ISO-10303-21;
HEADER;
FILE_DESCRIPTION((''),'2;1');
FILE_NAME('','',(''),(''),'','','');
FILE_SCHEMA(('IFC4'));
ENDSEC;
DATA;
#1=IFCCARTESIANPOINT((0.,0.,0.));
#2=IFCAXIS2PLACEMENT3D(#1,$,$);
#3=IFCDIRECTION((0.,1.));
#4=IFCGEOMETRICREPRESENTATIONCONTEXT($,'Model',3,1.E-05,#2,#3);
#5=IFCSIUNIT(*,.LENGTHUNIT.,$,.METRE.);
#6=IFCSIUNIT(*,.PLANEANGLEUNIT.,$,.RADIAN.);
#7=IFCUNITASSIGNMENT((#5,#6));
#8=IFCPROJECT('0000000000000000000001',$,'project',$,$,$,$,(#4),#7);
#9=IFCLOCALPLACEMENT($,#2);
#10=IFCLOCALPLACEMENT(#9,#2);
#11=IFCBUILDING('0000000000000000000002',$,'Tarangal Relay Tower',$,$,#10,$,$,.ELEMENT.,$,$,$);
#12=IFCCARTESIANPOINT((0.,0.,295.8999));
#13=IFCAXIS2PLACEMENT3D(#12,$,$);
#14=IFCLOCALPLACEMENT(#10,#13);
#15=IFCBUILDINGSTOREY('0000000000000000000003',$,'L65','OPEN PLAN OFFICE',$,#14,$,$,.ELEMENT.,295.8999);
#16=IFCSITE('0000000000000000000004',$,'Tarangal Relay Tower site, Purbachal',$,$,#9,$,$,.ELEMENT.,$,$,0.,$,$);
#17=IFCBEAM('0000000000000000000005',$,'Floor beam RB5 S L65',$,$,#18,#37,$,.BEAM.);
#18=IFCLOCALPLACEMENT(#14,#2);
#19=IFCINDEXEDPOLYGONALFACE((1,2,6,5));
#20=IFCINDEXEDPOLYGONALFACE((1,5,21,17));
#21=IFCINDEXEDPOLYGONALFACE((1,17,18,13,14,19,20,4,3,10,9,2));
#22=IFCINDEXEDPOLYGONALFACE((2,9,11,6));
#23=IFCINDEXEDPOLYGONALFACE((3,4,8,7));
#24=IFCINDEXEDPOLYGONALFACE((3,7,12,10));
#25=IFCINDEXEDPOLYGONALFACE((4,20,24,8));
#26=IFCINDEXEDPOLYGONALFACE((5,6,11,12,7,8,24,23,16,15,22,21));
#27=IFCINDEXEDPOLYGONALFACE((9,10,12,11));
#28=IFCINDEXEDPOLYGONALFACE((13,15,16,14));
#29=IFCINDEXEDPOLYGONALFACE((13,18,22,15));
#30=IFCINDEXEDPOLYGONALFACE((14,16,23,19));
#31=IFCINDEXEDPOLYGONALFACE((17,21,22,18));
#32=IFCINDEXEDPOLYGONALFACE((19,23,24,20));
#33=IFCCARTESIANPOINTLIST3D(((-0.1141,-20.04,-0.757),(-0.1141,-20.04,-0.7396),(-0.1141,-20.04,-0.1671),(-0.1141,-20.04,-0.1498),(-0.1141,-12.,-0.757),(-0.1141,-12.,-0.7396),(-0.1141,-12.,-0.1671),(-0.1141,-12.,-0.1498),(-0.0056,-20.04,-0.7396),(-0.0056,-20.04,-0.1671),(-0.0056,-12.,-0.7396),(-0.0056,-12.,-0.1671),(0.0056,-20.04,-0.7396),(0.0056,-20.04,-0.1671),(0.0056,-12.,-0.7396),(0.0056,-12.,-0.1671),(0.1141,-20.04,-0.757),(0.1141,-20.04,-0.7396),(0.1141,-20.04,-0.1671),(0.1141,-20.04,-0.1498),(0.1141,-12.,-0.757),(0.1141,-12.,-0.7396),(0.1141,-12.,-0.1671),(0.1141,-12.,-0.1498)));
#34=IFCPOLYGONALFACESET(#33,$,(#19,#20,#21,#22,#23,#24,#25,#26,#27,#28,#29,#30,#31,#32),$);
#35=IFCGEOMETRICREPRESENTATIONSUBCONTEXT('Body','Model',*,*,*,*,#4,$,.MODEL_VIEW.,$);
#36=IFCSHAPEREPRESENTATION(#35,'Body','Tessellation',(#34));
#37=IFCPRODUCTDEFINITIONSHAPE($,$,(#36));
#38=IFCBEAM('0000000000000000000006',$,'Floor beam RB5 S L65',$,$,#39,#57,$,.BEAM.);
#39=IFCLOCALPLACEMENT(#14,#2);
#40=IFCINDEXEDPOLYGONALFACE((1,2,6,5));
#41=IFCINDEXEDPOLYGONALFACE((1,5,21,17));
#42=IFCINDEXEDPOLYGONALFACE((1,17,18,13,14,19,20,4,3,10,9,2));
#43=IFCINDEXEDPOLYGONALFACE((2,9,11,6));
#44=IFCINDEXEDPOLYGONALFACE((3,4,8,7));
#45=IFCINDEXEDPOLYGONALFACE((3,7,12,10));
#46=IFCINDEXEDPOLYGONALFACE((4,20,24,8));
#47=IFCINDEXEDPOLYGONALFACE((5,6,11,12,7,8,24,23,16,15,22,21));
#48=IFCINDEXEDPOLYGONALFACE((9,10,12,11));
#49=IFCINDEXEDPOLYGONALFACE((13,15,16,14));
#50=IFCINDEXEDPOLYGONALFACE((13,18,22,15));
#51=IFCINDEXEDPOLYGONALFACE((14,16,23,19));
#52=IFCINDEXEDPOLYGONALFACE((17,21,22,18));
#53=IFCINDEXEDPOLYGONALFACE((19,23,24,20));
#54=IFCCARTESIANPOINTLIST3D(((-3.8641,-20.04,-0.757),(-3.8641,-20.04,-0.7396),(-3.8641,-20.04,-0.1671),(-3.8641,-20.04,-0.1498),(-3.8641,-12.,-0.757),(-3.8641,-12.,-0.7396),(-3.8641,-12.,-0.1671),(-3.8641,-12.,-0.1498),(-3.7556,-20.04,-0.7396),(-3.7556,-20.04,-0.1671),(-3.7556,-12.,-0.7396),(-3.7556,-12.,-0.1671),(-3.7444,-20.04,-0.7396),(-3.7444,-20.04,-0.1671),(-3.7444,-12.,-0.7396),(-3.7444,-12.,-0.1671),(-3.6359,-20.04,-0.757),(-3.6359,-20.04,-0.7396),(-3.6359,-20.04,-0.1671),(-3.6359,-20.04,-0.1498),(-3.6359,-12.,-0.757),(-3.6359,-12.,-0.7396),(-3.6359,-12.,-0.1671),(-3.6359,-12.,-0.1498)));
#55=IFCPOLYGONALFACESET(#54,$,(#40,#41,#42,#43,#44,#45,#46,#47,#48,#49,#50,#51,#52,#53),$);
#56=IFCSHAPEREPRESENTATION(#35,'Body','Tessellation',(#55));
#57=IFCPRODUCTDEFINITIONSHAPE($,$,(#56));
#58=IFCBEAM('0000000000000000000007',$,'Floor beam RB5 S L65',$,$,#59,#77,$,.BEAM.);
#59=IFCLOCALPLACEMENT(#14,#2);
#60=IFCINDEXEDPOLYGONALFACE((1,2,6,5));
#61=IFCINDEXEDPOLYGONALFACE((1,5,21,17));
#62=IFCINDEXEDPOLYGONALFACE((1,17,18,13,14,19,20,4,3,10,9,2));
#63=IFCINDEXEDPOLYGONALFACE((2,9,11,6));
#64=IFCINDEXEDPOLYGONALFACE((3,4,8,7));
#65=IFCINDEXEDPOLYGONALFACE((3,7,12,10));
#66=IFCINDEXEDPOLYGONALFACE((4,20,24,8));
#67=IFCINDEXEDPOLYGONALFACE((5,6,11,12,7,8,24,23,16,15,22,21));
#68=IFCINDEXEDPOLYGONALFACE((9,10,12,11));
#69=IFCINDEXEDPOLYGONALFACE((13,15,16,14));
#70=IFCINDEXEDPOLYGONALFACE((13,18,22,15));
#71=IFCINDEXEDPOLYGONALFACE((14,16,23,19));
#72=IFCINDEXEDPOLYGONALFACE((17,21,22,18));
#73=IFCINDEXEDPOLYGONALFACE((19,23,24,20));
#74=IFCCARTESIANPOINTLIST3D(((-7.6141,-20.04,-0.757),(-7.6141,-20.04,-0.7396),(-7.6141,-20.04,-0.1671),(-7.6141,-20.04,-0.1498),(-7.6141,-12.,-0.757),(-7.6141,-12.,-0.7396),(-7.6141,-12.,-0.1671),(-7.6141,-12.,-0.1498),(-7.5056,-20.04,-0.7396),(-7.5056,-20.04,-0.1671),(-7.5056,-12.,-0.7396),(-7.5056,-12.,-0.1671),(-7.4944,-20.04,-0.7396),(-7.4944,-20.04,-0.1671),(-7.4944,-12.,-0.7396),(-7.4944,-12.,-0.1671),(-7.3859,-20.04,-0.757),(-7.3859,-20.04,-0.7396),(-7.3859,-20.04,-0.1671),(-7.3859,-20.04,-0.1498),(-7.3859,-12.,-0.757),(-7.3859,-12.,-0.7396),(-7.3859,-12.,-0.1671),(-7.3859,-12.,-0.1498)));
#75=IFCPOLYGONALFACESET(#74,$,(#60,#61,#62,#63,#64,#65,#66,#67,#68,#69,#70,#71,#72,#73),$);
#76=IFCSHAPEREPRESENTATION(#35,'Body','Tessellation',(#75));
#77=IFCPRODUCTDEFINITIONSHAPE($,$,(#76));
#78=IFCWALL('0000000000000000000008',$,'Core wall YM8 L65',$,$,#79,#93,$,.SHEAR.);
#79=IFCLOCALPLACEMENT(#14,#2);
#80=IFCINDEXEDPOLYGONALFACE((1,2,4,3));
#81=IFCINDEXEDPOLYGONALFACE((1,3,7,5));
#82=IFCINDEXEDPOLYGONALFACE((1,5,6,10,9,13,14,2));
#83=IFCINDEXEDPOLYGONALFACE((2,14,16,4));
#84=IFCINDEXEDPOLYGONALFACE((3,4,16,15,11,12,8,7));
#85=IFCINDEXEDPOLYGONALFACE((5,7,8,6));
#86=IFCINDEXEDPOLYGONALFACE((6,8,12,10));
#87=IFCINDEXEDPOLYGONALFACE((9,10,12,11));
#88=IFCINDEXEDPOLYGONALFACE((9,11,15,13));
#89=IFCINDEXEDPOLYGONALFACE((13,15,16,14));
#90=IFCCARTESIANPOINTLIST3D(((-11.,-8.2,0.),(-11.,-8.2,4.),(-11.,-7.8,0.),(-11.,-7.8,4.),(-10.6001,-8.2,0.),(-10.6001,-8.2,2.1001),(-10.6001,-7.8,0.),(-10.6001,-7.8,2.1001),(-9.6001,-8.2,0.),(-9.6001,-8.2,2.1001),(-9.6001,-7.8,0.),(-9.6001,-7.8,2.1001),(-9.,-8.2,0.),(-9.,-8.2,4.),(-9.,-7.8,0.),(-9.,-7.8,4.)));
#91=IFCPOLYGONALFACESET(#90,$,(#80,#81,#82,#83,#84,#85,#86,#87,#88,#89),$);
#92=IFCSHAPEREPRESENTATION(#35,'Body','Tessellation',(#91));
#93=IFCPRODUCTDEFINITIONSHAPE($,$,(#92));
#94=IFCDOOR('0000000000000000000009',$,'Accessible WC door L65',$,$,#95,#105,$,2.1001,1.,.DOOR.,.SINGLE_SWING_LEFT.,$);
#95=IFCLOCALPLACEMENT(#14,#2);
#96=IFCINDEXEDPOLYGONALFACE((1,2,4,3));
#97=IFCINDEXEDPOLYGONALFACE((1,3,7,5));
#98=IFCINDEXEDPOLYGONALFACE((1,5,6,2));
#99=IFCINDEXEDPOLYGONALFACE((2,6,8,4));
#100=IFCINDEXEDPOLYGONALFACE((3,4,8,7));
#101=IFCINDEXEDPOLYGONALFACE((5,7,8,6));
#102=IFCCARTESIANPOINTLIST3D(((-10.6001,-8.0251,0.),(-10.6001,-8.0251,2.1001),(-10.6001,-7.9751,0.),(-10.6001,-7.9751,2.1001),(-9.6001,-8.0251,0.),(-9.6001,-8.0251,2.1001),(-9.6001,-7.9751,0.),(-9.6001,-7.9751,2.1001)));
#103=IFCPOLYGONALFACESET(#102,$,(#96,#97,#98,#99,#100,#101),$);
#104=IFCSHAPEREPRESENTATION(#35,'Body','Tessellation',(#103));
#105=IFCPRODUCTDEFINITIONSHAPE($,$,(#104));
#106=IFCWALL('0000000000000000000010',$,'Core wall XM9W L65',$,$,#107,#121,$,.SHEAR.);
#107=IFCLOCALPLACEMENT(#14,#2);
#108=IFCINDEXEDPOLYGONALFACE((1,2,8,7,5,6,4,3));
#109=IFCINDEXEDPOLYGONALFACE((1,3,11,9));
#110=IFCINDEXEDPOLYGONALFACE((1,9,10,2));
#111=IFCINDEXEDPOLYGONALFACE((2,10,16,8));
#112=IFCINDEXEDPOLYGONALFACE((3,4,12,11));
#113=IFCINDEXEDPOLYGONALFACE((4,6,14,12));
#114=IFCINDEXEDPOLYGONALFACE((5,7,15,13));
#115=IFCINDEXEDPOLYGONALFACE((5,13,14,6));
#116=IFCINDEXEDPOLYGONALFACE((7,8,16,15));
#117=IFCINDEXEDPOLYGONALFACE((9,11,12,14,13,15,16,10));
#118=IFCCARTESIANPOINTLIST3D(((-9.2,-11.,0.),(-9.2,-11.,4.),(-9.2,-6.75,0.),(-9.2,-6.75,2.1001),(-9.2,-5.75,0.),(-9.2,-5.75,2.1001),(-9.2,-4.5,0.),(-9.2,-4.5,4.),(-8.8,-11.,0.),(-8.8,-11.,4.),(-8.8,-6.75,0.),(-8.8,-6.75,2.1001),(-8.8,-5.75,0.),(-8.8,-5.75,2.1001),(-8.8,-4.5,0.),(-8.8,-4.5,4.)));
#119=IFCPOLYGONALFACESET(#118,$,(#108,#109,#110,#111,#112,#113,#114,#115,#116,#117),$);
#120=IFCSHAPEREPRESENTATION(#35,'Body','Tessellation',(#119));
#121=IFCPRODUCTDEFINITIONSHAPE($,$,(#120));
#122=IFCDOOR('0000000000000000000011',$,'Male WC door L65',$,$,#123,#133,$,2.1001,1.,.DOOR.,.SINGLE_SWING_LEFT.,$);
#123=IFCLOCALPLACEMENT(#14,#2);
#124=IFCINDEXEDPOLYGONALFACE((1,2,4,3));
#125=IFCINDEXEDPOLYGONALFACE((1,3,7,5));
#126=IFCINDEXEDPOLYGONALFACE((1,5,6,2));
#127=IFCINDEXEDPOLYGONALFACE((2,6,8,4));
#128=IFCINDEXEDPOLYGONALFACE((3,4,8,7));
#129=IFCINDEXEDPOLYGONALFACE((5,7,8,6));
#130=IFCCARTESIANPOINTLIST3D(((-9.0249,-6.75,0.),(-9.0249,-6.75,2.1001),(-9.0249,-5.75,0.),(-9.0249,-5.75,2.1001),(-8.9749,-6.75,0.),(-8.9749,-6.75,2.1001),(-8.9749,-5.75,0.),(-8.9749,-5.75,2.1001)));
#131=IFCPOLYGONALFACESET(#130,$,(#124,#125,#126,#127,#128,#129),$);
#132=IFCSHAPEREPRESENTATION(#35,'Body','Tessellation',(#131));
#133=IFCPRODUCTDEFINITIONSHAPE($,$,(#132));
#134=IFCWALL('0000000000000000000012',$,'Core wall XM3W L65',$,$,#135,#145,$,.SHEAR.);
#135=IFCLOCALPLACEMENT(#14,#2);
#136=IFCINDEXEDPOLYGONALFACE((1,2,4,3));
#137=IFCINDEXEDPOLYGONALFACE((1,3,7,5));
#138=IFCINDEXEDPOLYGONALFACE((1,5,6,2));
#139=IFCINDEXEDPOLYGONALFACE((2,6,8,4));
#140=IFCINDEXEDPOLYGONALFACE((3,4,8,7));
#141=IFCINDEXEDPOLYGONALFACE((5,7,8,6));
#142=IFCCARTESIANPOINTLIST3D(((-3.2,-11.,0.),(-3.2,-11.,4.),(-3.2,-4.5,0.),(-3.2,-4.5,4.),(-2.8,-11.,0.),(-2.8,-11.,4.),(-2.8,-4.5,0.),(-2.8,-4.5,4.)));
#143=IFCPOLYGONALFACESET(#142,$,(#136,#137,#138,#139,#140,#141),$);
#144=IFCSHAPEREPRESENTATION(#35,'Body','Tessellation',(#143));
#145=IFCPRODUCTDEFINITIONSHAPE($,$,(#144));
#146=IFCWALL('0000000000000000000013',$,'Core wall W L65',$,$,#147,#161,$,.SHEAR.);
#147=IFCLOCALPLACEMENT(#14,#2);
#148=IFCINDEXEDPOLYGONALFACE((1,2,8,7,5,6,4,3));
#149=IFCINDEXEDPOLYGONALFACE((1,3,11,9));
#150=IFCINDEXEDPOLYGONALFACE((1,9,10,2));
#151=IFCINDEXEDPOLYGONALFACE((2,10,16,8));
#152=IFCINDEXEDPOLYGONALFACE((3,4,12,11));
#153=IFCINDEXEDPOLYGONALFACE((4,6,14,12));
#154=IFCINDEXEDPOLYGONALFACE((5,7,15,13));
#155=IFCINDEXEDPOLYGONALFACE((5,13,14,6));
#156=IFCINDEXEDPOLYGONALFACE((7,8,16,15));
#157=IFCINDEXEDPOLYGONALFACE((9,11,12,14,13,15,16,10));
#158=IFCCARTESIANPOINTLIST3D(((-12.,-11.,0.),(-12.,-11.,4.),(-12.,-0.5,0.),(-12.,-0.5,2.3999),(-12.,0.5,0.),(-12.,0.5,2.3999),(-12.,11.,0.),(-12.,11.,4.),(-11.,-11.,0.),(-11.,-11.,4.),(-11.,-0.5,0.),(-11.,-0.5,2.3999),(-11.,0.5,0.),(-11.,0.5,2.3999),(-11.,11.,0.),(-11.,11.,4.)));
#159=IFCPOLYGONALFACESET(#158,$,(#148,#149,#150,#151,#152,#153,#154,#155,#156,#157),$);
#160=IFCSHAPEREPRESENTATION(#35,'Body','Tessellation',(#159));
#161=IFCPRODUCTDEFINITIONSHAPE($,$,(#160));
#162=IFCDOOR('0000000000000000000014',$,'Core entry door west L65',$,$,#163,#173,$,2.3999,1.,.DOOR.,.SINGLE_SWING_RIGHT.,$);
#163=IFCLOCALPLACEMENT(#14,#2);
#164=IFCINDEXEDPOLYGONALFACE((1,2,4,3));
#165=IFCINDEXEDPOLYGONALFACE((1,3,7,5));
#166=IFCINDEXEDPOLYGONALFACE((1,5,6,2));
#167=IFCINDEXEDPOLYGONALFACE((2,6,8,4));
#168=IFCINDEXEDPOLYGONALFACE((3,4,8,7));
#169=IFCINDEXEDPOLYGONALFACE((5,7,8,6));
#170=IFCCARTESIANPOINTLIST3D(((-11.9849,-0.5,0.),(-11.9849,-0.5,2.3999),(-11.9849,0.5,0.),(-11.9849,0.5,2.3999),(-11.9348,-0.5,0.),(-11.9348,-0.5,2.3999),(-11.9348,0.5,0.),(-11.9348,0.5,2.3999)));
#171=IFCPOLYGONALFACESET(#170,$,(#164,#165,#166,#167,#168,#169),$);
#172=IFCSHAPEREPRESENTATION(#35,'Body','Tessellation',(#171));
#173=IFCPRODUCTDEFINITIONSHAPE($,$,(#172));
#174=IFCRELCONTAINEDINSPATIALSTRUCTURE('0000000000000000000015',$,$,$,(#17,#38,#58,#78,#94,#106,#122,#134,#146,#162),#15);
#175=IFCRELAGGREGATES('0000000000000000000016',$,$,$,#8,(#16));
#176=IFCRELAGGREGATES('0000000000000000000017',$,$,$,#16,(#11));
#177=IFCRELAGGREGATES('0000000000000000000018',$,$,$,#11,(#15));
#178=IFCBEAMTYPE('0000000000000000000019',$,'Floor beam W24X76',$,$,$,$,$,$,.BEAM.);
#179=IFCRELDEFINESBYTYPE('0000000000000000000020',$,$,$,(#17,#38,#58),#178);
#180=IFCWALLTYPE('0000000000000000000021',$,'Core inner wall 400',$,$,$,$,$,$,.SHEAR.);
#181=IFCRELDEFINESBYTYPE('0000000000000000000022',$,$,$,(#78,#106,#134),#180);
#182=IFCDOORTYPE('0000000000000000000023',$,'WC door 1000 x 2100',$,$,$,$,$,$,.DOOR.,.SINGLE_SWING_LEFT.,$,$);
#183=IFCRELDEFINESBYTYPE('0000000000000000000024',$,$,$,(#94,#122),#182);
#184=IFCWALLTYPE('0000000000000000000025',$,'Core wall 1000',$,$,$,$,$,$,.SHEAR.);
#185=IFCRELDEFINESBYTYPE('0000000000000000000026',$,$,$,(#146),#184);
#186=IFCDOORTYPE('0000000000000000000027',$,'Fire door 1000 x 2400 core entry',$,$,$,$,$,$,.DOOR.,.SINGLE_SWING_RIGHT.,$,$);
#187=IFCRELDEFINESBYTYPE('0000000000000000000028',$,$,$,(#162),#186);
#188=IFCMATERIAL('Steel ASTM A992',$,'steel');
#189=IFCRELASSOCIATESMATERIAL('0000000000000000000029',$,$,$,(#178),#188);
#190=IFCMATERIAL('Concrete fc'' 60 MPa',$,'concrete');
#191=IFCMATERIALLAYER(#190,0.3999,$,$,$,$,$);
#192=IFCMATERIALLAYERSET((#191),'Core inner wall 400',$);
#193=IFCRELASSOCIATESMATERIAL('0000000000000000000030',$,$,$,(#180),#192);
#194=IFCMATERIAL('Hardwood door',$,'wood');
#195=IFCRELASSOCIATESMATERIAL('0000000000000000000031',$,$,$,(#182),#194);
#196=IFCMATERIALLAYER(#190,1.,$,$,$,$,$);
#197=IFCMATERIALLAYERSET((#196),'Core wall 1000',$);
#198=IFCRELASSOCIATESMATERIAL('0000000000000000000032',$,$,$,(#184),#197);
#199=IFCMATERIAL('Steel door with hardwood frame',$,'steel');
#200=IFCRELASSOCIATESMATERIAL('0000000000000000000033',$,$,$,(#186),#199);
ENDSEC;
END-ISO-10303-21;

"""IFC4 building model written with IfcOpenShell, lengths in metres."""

from ifc_helpers import new_model, si_unit, direction, frame, frame_2d, origin, origin_2d, place, context, subcontext, project, spatial, rectangle, i_section, extrude, material, layer, layer_set, material_profile, profile_set, type_object, element, fill, save


model = new_model("IFC4")

# Units and contexts
model_context = context("Model", 3, precision=1e-05, world=origin(), true_north=direction((0.0, 1.0)))
body_context = subcontext(model_context, "Body", "Model", "MODEL_VIEW")
ifc_project = project(units=[si_unit("LENGTHUNIT", "METRE"), si_unit("PLANEANGLEUNIT", "RADIAN")], contexts=[model_context])

# Site, building, storey
site_placement = place(None, origin())
site = spatial("IfcSite", under=ifc_project, at=site_placement, Name="Tarangal Relay Tower site, Purbachal", CompositionType="ELEMENT", RefElevation=0.0)
building_placement = place(site_placement, origin())
building = spatial("IfcBuilding", under=site, at=building_placement, Name="Tarangal Relay Tower", CompositionType="ELEMENT")
storey_placement = place(building_placement, frame((0.0, 0.0, 295.8999)))
storey = spatial("IfcBuildingStorey", under=building, at=storey_placement, Name="L65", Description="OPEN PLAN OFFICE", CompositionType="ELEMENT", Elevation=295.8999)

# Beams
ifc_material_1 = material(Name="Steel ASTM A992", Category="steel")
ifc_material_profile = material_profile(ifc_material_1, i_section(OverallWidth=0.2283, OverallDepth=0.6072, WebThickness=0.0112, FlangeThickness=0.0173, at=origin_2d()), Name="W24X76")
ifc_profile_set = profile_set([ifc_material_profile], Name="Steel ASTM A992")
beam_type = type_object("IfcBeamType", Name="Floor beam W24X76", PredefinedType="BEAM", material=ifc_profile_set)
for number, where, z_axis, x_axis, name in (
    (1, (0.0, -12.0, -0.4534), (0.0, -1.0, 0.0), (1.0, 0.0, 0.0), "Floor beam RB5 S L65"),
    (2, (-3.75, -12.0, -0.4534), (0.0, -1.0, 0.0), (1.0, 0.0, 0.0), "Floor beam RB5 S L65"),
    (3, (-7.5, -12.0, -0.4534), (0.0, -1.0, 0.0), (1.0, 0.0, 0.0), "Floor beam RB5 S L65"),
):
    element("IfcBeam", number, at=place(storey_placement, frame(where, z_axis=z_axis, x_axis=x_axis)), inside=storey, type_object=beam_type, Name=name, PredefinedType="BEAM", context=body_context, shape_type="SweptSolid", body=[
        extrude(i_section(OverallWidth=0.2283, OverallDepth=0.6072, WebThickness=0.0112, FlangeThickness=0.0173, at=origin_2d()), origin(), (0.0, 0.0, 1.0), 8.04),
    ])

# Walls, openings, doors
ifc_material_2 = material(Name="Concrete fc' 60 MPa", Category="concrete")
ifc_layer_1 = layer(ifc_material_2, 0.3999)
ifc_layer_set_1 = layer_set([ifc_layer_1], Name="Core inner wall 400")
wall_type_1 = type_object("IfcWallType", Name="Core inner wall 400", PredefinedType="SHEAR", material=ifc_layer_set_1)
wall_1_placement = place(storey_placement, frame((-11.0, -8.0, 0.0), z_axis=(0.0, 0.0, 1.0), x_axis=(1.0, 0.0, 0.0)))
wall_1 = element("IfcWall", 4, at=wall_1_placement, inside=storey, type_object=wall_type_1, Name="Core wall YM8 L65", PredefinedType="SHEAR", context=body_context, shape_type="SweptSolid", body=[
    extrude(rectangle(XDim=2.0, YDim=0.3999, at=frame_2d((1.0, 0.0))), origin(), (0.0, 0.0, 1.0), 4.0),
])
opening_1_placement = place(wall_1_placement, frame((0.3999, 0.0, 0.0)))
opening_1 = element("IfcOpeningElement", 5, at=opening_1_placement, cuts=wall_1, PredefinedType="OPENING", context=body_context, shape_type="SweptSolid", body=[
    extrude(rectangle(XDim=1.0, YDim=2.1001, at=frame_2d((0.5, 1.05))), frame((0.0, 0.21, 0.0), z_axis=(0.0, -1.0, 0.0), x_axis=(1.0, 0.0, 0.0)), (0.0, 0.0, 1.0), 0.4199),
])
ifc_material_3 = material(Name="Hardwood door", Category="wood")
door_type_1 = type_object("IfcDoorType", Name="WC door 1000 x 2100", OperationType="SINGLE_SWING_LEFT", PredefinedType="DOOR", material=ifc_material_3)
door_1_placement = place(opening_1_placement, origin())
door_1 = element("IfcDoor", 6, at=door_1_placement, inside=storey, type_object=door_type_1, Name="Accessible WC door L65", OperationType="SINGLE_SWING_LEFT", OverallHeight=2.1001, OverallWidth=1.0, PredefinedType="DOOR", context=body_context, shape_type="SweptSolid", body=[
    extrude(rectangle(XDim=1.0, YDim=2.1001, at=frame_2d((0.5, 1.05))), frame((0.0, 0.0249, 0.0), z_axis=(0.0, -1.0, 0.0), x_axis=(1.0, 0.0, 0.0)), (0.0, 0.0, 1.0), 0.05),
])
fill(opening_1, door_1)
wall_2_placement = place(storey_placement, frame((-9.0, -11.0, 0.0), z_axis=(0.0, 0.0, 1.0), x_axis=(0.0, 1.0, 0.0)))
wall_2 = element("IfcWall", 7, at=wall_2_placement, inside=storey, type_object=wall_type_1, Name="Core wall XM9W L65", PredefinedType="SHEAR", context=body_context, shape_type="SweptSolid", body=[
    extrude(rectangle(XDim=6.5, YDim=0.3999, at=frame_2d((3.25, 0.0))), origin(), (0.0, 0.0, 1.0), 4.0),
])
opening_2_placement = place(wall_2_placement, frame((4.25, 0.0, 0.0)))
opening_2 = element("IfcOpeningElement", 8, at=opening_2_placement, cuts=wall_2, PredefinedType="OPENING", context=body_context, shape_type="SweptSolid", body=[
    extrude(rectangle(XDim=1.0, YDim=2.1001, at=frame_2d((0.5, 1.05))), frame((0.0, 0.21, 0.0), z_axis=(0.0, -1.0, 0.0), x_axis=(1.0, 0.0, 0.0)), (0.0, 0.0, 1.0), 0.4199),
])
door_2_placement = place(opening_2_placement, origin())
door_2 = element("IfcDoor", 9, at=door_2_placement, inside=storey, type_object=door_type_1, Name="Male WC door L65", OperationType="SINGLE_SWING_LEFT", OverallHeight=2.1001, OverallWidth=1.0, PredefinedType="DOOR", context=body_context, shape_type="SweptSolid", body=[
    extrude(rectangle(XDim=1.0, YDim=2.1001, at=frame_2d((0.5, 1.05))), frame((0.0, 0.0249, 0.0), z_axis=(0.0, -1.0, 0.0), x_axis=(1.0, 0.0, 0.0)), (0.0, 0.0, 1.0), 0.05),
])
fill(opening_2, door_2)

# Wall
wall_3_placement = place(storey_placement, frame((-3.0, -11.0, 0.0), z_axis=(0.0, 0.0, 1.0), x_axis=(0.0, 1.0, 0.0)))
element("IfcWall", 10, at=wall_3_placement, inside=storey, type_object=wall_type_1, Name="Core wall XM3W L65", PredefinedType="SHEAR", context=body_context, shape_type="SweptSolid", body=[
    extrude(rectangle(XDim=6.5, YDim=0.3999, at=frame_2d((3.25, 0.0))), origin(), (0.0, 0.0, 1.0), 4.0),
])

# Wall, opening, door
ifc_layer_2 = layer(ifc_material_2, 1.0)
ifc_layer_set_2 = layer_set([ifc_layer_2], Name="Core wall 1000")
wall_type_2 = type_object("IfcWallType", Name="Core wall 1000", PredefinedType="SHEAR", material=ifc_layer_set_2)
wall_4_placement = place(storey_placement, frame((-11.5, -11.0, 0.0), z_axis=(0.0, 0.0, 1.0), x_axis=(0.0, 1.0, 0.0)))
wall_4 = element("IfcWall", 11, at=wall_4_placement, inside=storey, type_object=wall_type_2, Name="Core wall W L65", PredefinedType="SHEAR", context=body_context, shape_type="SweptSolid", body=[
    extrude(rectangle(XDim=22.0, YDim=1.0, at=frame_2d((11.0, 0.0))), origin(), (0.0, 0.0, 1.0), 4.0),
])
opening_3_placement = place(wall_4_placement, frame((10.5, 0.0, 0.0)))
opening_3 = element("IfcOpeningElement", 12, at=opening_3_placement, cuts=wall_4, PredefinedType="OPENING", context=body_context, shape_type="SweptSolid", body=[
    extrude(rectangle(XDim=1.0, YDim=2.3999, at=frame_2d((0.5, 1.2))), frame((0.0, 0.51, 0.0), z_axis=(0.0, -1.0, 0.0), x_axis=(1.0, 0.0, 0.0)), (0.0, 0.0, 1.0), 1.02),
])
ifc_material_4 = material(Name="Steel door with hardwood frame", Category="steel")
door_type_2 = type_object("IfcDoorType", Name="Fire door 1000 x 2400 core entry", OperationType="SINGLE_SWING_RIGHT", PredefinedType="DOOR", material=ifc_material_4)
door_3_placement = place(opening_3_placement, origin())
door_3 = element("IfcDoor", 13, at=door_3_placement, inside=storey, type_object=door_type_2, Name="Core entry door west L65", OperationType="SINGLE_SWING_RIGHT", OverallHeight=2.3999, OverallWidth=1.0, PredefinedType="DOOR", context=body_context, shape_type="SweptSolid", body=[
    extrude(rectangle(XDim=1.0, YDim=2.3999, at=frame_2d((0.5, 1.2))), frame((0.0, 0.4849, 0.0), z_axis=(0.0, -1.0, 0.0), x_axis=(1.0, 0.0, 0.0)), (0.0, 0.0, 1.0), 0.05),
])
fill(opening_3, door_3)

save(model, "model.ifc")
